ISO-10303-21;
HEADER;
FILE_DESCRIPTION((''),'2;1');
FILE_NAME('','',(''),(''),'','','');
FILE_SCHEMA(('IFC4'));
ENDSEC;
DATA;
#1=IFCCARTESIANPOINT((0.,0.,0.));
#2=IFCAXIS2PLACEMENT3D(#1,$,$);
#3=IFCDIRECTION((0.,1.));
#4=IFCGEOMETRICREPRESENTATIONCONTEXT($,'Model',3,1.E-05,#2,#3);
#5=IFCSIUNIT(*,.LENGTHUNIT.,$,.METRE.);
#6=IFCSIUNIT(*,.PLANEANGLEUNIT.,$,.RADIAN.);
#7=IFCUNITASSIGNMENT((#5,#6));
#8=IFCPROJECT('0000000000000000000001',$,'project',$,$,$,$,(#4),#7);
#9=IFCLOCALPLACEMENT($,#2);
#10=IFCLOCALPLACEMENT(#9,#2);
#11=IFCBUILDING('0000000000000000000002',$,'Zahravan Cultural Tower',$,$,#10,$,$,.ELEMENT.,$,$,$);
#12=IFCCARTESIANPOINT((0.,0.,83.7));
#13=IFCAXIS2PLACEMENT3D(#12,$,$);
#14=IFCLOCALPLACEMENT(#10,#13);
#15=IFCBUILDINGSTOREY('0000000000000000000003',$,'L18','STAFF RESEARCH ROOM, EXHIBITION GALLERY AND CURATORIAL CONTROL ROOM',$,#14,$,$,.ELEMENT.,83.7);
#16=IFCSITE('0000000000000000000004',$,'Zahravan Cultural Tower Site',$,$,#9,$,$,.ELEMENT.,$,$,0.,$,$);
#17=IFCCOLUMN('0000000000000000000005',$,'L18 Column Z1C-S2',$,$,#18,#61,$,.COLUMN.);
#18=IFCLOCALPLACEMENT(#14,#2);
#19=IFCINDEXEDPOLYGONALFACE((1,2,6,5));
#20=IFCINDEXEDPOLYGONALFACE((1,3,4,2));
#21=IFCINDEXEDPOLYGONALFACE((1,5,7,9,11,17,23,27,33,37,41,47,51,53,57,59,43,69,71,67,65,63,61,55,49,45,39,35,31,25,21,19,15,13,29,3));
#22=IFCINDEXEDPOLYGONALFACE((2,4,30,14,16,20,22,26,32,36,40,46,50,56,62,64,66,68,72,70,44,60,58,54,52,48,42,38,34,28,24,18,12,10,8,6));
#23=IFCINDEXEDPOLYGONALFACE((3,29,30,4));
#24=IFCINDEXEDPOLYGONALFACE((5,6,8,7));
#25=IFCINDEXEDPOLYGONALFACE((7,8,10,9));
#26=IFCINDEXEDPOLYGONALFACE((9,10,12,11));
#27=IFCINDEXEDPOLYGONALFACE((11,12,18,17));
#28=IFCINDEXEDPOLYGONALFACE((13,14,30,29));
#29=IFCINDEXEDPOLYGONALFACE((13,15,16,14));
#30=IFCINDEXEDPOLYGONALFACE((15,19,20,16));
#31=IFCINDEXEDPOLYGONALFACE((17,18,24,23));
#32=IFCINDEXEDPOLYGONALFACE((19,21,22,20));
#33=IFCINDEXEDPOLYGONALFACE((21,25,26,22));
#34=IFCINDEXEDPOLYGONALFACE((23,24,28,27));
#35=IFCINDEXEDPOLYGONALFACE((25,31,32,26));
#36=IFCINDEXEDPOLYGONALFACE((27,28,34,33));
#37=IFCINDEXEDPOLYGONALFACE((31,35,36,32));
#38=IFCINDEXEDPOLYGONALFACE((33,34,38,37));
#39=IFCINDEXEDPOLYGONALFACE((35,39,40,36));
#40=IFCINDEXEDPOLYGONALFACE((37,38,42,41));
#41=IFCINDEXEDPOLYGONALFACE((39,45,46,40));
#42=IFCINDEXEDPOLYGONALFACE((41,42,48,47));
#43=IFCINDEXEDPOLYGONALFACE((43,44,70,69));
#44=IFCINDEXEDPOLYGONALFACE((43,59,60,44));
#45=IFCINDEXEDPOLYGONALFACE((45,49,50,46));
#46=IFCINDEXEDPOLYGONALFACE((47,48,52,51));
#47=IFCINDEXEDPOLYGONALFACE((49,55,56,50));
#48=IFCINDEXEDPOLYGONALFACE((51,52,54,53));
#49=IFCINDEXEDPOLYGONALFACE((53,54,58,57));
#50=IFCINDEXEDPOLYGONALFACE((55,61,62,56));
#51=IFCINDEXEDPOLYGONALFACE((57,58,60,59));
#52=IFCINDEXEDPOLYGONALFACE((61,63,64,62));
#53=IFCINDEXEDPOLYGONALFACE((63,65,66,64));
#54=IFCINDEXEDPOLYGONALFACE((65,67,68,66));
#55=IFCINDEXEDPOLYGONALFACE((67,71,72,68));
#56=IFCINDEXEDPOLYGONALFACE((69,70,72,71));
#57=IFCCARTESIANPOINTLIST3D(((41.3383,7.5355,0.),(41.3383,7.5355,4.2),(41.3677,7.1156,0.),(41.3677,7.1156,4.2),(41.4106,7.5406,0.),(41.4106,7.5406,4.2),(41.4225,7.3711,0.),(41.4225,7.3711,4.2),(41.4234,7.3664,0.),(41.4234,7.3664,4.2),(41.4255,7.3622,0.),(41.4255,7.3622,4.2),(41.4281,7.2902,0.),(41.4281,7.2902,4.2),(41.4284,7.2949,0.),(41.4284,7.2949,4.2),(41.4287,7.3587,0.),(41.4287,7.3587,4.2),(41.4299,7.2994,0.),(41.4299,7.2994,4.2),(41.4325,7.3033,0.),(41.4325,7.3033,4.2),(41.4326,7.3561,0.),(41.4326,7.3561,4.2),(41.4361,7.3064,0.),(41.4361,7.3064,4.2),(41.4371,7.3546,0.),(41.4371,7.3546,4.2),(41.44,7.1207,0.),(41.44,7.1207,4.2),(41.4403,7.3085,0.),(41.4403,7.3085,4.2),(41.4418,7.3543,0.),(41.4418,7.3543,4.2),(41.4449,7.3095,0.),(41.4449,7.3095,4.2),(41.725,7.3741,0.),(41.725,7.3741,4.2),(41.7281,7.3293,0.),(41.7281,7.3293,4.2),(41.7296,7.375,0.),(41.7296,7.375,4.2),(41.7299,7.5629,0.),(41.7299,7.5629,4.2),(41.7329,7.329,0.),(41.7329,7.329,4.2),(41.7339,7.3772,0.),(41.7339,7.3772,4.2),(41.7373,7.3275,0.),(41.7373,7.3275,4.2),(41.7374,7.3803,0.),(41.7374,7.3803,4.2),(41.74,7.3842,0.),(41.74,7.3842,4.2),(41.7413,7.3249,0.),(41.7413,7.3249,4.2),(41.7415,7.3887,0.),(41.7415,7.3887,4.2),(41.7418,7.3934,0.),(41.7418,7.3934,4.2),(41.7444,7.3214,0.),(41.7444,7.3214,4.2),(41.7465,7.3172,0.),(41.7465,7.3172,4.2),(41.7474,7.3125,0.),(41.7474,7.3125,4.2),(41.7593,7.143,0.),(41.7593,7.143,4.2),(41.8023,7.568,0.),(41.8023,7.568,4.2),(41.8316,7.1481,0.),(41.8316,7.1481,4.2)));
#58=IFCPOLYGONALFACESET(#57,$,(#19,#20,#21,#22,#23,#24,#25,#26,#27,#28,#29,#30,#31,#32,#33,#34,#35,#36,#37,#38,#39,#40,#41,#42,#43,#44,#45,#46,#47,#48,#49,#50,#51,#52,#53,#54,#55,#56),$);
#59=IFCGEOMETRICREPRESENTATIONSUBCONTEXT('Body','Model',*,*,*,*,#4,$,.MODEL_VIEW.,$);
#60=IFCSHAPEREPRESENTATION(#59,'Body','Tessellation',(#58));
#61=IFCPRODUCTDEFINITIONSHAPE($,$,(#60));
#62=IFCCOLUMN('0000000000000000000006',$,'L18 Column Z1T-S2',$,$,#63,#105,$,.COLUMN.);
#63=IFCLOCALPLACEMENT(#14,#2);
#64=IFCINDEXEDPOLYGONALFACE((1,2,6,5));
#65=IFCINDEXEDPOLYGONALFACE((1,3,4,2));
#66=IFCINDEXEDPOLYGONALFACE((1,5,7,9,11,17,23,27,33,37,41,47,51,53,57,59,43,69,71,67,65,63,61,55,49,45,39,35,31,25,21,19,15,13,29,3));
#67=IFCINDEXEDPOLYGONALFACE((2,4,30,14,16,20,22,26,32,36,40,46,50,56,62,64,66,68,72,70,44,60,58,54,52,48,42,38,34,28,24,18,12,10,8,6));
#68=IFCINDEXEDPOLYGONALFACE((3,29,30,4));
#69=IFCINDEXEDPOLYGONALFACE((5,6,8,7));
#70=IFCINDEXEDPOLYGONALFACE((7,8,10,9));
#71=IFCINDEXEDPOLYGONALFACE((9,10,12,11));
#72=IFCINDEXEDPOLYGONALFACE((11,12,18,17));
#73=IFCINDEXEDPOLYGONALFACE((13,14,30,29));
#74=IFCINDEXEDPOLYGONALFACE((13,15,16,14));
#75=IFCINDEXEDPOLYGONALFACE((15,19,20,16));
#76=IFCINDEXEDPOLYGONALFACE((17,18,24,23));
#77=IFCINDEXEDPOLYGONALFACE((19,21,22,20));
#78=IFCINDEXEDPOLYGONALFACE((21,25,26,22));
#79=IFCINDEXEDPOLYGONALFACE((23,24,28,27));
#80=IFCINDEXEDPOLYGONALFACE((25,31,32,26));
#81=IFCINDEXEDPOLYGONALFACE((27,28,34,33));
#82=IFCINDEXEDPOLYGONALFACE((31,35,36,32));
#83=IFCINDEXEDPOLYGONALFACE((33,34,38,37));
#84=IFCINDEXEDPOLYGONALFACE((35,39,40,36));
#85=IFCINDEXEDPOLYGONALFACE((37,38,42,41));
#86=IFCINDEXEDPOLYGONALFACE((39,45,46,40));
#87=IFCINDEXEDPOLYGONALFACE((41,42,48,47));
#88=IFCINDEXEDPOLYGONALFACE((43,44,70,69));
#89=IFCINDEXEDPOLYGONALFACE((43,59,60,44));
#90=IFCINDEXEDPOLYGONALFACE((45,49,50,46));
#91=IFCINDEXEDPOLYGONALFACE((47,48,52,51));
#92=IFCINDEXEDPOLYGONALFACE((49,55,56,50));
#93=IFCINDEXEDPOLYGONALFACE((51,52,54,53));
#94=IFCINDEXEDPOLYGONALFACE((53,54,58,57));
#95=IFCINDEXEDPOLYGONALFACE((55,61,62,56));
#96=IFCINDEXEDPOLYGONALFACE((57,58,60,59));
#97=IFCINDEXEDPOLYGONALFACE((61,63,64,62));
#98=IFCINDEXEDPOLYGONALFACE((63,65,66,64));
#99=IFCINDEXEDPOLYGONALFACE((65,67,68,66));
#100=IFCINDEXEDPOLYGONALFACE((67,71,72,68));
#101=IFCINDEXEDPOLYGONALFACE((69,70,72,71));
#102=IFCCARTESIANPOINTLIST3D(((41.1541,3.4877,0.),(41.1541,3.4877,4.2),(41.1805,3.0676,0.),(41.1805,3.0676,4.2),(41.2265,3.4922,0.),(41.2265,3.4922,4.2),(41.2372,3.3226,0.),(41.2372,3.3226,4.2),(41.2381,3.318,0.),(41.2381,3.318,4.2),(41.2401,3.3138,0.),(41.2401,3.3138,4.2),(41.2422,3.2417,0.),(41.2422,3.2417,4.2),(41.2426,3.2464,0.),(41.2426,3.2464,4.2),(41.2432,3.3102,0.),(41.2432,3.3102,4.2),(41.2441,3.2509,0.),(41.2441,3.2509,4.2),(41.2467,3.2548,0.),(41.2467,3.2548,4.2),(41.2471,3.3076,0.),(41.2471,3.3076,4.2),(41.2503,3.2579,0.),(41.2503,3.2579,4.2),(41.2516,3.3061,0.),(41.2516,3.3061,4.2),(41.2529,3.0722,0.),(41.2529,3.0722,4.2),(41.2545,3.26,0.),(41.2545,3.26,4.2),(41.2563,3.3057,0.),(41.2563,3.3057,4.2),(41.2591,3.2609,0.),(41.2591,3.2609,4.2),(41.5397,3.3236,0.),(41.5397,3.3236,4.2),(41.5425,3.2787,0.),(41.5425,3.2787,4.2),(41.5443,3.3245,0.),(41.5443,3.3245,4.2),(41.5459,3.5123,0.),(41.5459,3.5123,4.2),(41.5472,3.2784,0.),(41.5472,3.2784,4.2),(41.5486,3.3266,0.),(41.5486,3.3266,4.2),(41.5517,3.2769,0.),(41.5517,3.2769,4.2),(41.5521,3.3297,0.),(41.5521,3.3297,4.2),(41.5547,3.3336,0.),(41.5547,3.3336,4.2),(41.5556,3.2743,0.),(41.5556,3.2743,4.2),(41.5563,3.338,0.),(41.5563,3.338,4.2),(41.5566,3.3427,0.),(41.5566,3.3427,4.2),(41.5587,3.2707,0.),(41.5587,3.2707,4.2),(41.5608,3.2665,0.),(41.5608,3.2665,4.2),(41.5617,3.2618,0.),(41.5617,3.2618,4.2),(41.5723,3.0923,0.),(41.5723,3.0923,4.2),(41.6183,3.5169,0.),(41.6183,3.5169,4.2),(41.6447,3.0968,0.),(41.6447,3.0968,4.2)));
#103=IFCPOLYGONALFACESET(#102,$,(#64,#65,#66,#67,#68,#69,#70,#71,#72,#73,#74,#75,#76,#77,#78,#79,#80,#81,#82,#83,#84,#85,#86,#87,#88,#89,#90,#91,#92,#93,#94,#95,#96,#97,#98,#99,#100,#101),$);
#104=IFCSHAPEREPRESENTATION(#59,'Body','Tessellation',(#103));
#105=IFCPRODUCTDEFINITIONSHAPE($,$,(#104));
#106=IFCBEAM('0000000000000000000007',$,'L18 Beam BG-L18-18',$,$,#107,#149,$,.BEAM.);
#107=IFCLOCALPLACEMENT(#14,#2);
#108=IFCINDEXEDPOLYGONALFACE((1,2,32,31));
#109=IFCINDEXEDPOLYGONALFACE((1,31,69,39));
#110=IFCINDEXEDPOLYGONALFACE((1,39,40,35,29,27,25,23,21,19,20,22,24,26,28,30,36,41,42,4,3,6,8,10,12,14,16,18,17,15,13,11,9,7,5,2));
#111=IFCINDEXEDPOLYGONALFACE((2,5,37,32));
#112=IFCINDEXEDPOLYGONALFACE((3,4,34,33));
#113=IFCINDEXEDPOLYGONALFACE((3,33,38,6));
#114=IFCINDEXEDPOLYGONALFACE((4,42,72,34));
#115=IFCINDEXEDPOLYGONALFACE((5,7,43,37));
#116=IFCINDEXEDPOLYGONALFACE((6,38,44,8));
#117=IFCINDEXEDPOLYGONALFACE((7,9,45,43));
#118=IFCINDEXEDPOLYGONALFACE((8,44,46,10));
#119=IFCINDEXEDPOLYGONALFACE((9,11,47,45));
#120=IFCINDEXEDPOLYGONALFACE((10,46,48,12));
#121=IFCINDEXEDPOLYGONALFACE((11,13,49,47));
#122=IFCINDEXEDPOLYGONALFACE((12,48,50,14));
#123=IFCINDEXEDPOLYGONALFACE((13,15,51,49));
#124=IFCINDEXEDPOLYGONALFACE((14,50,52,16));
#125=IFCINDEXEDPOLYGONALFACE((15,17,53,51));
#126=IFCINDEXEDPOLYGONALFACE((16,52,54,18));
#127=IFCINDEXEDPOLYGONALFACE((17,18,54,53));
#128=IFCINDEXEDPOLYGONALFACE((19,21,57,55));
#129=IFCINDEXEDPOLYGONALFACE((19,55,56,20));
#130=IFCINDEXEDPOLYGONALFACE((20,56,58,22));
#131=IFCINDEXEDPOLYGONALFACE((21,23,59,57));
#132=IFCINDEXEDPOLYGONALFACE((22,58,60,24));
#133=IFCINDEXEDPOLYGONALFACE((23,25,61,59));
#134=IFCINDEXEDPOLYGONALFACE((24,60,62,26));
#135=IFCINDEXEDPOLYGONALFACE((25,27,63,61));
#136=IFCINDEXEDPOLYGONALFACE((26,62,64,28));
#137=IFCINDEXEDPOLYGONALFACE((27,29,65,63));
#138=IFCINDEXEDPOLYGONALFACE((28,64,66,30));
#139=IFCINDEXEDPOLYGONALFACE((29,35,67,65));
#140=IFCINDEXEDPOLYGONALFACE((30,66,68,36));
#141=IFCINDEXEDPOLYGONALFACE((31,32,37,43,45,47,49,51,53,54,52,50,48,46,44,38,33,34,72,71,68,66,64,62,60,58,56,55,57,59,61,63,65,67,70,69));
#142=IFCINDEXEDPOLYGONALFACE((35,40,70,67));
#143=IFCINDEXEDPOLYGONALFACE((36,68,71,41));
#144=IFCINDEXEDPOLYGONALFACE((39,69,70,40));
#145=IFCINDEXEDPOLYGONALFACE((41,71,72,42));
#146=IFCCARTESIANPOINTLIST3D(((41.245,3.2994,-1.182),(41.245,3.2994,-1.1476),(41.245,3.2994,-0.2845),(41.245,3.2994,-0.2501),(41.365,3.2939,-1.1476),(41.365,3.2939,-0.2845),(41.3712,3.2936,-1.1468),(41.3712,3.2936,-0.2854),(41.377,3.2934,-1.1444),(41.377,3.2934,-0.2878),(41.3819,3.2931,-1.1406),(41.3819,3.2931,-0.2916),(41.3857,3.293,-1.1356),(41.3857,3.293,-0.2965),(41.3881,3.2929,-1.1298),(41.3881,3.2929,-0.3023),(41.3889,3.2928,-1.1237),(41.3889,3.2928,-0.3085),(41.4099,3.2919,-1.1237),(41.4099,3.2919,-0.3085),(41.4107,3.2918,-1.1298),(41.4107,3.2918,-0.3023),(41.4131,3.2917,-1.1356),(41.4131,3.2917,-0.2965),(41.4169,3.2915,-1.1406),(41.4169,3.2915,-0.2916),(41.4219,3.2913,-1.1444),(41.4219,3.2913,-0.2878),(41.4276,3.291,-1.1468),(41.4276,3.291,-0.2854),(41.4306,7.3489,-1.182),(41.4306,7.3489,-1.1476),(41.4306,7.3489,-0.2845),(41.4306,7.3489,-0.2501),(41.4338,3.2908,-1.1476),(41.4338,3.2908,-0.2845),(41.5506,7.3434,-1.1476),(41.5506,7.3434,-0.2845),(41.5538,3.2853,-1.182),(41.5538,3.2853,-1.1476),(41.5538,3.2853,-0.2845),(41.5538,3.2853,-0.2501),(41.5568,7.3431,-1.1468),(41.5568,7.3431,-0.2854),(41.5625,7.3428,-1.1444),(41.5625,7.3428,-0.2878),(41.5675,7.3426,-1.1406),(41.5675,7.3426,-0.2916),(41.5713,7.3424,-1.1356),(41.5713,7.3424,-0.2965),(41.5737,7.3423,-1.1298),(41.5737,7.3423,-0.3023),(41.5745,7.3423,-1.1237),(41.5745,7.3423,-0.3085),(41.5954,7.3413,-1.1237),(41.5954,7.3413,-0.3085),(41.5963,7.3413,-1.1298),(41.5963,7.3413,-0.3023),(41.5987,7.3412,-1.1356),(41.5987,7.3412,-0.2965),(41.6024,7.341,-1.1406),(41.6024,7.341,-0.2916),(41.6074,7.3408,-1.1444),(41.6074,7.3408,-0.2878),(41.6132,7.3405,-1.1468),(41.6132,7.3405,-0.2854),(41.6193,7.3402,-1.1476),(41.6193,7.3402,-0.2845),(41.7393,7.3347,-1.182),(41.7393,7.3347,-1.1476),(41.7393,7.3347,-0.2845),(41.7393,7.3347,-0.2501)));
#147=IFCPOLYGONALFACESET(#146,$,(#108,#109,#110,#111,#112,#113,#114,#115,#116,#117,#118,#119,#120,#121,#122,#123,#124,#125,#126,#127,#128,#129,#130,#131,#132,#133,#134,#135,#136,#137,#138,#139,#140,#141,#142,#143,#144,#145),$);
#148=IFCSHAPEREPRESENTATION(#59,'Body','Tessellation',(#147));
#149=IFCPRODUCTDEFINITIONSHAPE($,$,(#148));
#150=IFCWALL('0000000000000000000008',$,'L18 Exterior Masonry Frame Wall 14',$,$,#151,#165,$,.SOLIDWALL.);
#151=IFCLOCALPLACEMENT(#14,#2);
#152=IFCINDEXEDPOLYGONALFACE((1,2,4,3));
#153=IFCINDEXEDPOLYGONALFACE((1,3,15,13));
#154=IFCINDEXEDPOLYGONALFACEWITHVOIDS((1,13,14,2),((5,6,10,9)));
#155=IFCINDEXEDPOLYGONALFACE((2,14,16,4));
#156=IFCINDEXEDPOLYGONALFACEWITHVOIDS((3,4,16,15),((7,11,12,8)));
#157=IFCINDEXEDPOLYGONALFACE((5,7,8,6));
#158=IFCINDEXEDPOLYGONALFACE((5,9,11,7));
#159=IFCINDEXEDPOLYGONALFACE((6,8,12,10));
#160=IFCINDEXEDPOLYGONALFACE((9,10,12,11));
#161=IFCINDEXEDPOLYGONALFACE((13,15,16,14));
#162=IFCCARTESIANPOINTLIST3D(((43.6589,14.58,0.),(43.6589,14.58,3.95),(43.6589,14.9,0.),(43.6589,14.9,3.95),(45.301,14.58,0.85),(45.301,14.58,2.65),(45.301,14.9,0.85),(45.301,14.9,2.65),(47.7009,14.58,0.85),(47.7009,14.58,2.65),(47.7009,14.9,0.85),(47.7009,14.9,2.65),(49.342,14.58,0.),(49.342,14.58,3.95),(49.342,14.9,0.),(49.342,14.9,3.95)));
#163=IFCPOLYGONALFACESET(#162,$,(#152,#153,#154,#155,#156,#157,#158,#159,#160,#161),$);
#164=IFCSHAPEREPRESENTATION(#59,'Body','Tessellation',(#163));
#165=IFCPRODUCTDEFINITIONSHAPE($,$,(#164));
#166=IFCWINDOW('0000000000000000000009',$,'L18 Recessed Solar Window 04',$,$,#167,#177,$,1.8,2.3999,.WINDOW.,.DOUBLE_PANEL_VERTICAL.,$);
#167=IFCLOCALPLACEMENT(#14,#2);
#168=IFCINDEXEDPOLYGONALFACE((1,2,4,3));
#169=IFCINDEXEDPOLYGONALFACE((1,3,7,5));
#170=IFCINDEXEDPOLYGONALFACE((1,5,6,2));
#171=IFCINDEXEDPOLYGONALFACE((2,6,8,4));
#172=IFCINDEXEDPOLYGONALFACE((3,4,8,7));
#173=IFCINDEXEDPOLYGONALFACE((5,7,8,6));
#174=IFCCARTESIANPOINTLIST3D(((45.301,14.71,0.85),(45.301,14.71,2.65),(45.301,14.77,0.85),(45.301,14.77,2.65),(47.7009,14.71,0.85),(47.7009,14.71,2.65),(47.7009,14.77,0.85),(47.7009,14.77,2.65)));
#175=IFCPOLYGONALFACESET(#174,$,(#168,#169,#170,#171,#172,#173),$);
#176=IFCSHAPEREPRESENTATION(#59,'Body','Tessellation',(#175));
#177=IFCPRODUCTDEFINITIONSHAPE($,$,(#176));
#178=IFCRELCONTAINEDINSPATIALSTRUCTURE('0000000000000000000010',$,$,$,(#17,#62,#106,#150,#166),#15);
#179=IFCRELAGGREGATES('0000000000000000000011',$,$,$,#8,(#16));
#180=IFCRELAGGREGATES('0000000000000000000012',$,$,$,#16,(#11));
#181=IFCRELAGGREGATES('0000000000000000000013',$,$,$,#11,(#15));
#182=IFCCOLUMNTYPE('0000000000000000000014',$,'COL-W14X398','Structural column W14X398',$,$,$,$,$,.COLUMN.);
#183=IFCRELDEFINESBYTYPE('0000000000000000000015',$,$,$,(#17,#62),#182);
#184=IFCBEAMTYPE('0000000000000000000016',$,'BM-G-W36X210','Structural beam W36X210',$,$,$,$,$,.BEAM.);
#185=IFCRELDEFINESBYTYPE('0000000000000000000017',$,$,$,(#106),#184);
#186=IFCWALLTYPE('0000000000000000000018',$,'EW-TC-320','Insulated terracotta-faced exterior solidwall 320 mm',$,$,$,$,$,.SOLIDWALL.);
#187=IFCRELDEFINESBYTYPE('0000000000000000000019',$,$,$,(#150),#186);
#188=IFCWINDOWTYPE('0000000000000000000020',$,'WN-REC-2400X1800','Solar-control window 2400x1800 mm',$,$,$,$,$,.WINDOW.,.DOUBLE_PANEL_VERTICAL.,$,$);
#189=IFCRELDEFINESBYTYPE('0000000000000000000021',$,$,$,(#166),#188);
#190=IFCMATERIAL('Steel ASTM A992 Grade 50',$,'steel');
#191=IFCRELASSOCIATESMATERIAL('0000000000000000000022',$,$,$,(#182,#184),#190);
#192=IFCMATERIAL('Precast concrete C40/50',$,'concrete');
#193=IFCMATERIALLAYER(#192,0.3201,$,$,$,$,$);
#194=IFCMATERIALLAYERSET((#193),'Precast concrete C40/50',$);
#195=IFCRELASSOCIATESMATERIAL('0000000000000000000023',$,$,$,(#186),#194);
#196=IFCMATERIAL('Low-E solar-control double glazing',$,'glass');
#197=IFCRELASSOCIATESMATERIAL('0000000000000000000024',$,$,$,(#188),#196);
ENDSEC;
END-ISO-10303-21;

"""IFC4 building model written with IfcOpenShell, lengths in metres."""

from ifc_helpers import new_model, si_unit, direction, frame, frame_2d, origin, origin_2d, place, context, subcontext, project, spatial, rectangle, i_section, extrude, source, transform, mapped, material, layer, layer_set, material_profile, profile_set, type_object, element, fill, save


model = new_model("IFC4")

# Units and contexts
model_context = context("Model", 3, precision=1e-05, world=origin(), true_north=direction((0.0, 1.0)))
body_context = subcontext(model_context, "Body", "Model", "MODEL_VIEW")
ifc_project = project(units=[si_unit("LENGTHUNIT", "METRE"), si_unit("PLANEANGLEUNIT", "RADIAN")], contexts=[model_context])

# Site, building, storey
site_placement = place(None, origin())
site = spatial("IfcSite", under=ifc_project, at=site_placement, Name="Zahravan Cultural Tower Site", CompositionType="ELEMENT", RefElevation=0.0)
building_placement = place(site_placement, origin())
building = spatial("IfcBuilding", under=site, at=building_placement, Name="Zahravan Cultural Tower", CompositionType="ELEMENT")
storey_placement = place(building_placement, frame((0.0, 0.0, 83.7)))
storey = spatial("IfcBuildingStorey", under=building, at=storey_placement, Name="L18", Description="STAFF RESEARCH ROOM, EXHIBITION GALLERY AND CURATORIAL CONTROL ROOM", CompositionType="ELEMENT", Elevation=83.7)

# Columns
ifc_material_1 = material(Name="Steel ASTM A992 Grade 50", Category="steel")
ifc_material_profile_1 = material_profile(ifc_material_1, i_section(OverallWidth=0.4209, OverallDepth=0.4651, WebThickness=0.0449, FlangeThickness=0.0725, FilletRadius=0.0181, at=origin_2d()), Name="W14X398")
ifc_profile_set_1 = profile_set([ifc_material_profile_1], Name="Steel ASTM A992 Grade 50")
column_type = type_object("IfcColumnType", Name="COL-W14X398", Description="Structural column W14X398", PredefinedType="COLUMN", material=ifc_profile_set_1)
shared_shape_1 = source(origin(), body_context, "Body", "SweptSolid", [
    extrude(i_section(OverallWidth=0.4209, OverallDepth=0.4651, WebThickness=0.0449, FlangeThickness=0.0725, FilletRadius=0.0181, at=origin_2d()), origin(), (0.0, 0.0, 1.0), 4.2),
])
for number, where, z_axis, x_axis, name in (
    (1, (41.585, 7.3418, 0.0), (0.0, 0.0, 1.0), (-0.069756, 0.997564, 0.0), "L18 Column Z1C-S2"),
    (2, (41.3994, 3.2922, 0.0), (0.0, 0.0, 1.0), (-0.062791, 0.998027, 0.0), "L18 Column Z1T-S2"),
):
    element("IfcColumn", number, at=place(storey_placement, frame(where, z_axis=z_axis, x_axis=x_axis)), inside=storey, type_object=column_type, Name=name, PredefinedType="COLUMN", context=body_context, shape_type="MappedRepresentation", body=[
        mapped(shared_shape_1, transform((0.0, 0.0, 0.0), x_axis=(1.0, 0.0, 0.0), y_axis=(0.0, 1.0, 0.0), z_axis=(0.0, 0.0, 1.0), scale=1.0)),
    ])

# Beam
ifc_material_profile_2 = material_profile(ifc_material_1, i_section(OverallWidth=0.3091, OverallDepth=0.9319, WebThickness=0.021, FlangeThickness=0.0344, FilletRadius=0.0239, at=origin_2d()), Name="W36X210")
ifc_profile_set_2 = profile_set([ifc_material_profile_2], Name="Steel ASTM A992 Grade 50")
beam_type = type_object("IfcBeamType", Name="BM-G-W36X210", Description="Structural beam W36X210", PredefinedType="BEAM", material=ifc_profile_set_2)
shared_shape_2 = source(origin(), body_context, "Body", "SweptSolid", [
    extrude(i_section(OverallWidth=0.3091, OverallDepth=0.9319, WebThickness=0.021, FlangeThickness=0.0344, FilletRadius=0.0239, at=origin_2d()), origin(), (0.0, 0.0, 1.0), 4.0537),
])
beam_placement = place(storey_placement, frame((41.585, 7.3418, -0.7161), z_axis=(-0.045771, -0.998952, 0.0), x_axis=(0.998952, -0.045771, 0.0)))
element("IfcBeam", 3, at=beam_placement, inside=storey, type_object=beam_type, Name="L18 Beam BG-L18-18", PredefinedType="BEAM", context=body_context, shape_type="MappedRepresentation", body=[
    mapped(shared_shape_2, transform((0.0, 0.0, 0.0), x_axis=(1.0, 0.0, 0.0), y_axis=(0.0, 1.0, 0.0), z_axis=(0.0, 0.0, 1.0), scale=1.0)),
])

# Wall, opening, window
ifc_material_2 = material(Name="Precast concrete C40/50", Category="concrete")
ifc_layer_1 = layer(ifc_material_2, 0.3201)
ifc_layer_set_1 = layer_set([ifc_layer_1], Name="Precast concrete C40/50")
wall_type_1 = type_object("IfcWallType", Name="EW-TC-320", Description="Insulated terracotta-faced exterior solidwall 320 mm", PredefinedType="SOLIDWALL", material=ifc_layer_set_1)
wall_1_placement = place(storey_placement, frame((49.342, 14.74, 0.0), z_axis=(0.0, 0.0, 1.0), x_axis=(-1.0, 0.0, 0.0)))
wall_1 = element("IfcWall", 4, at=wall_1_placement, inside=storey, type_object=wall_type_1, Name="L18 Exterior Masonry Frame Wall 14", PredefinedType="SOLIDWALL", context=body_context, shape_type="SweptSolid", body=[
    extrude(rectangle(XDim=5.6831, YDim=0.3201, at=frame_2d((2.8416, 0.0))), origin(), (0.0, 0.0, 1.0), 3.95),
])
opening_1_placement = place(wall_1_placement, frame((1.6411, 0.0, 0.8501)))
opening_1 = element("IfcOpeningElement", 5, at=opening_1_placement, cuts=wall_1, PredefinedType="OPENING", context=body_context, shape_type="SweptSolid", body=[
    extrude(rectangle(XDim=2.3999, YDim=1.8, at=frame_2d((1.2, 0.8999))), frame((0.0, 0.1699, 0.0), z_axis=(0.0, -1.0, 0.0), x_axis=(1.0, 0.0, 0.0)), (0.0, 0.0, 1.0), 0.3401),
])
ifc_material_3 = material(Name="Low-E solar-control double glazing", Category="glass")
window_type = type_object("IfcWindowType", Name="WN-REC-2400X1800", Description="Solar-control window 2400x1800 mm", PartitioningType="DOUBLE_PANEL_VERTICAL", PredefinedType="WINDOW", material=ifc_material_3)
shared_shape_3 = source(origin(), body_context, "Body", "SweptSolid", [
    extrude(rectangle(XDim=2.3999, YDim=1.8, at=frame_2d((1.2, 0.8999))), frame((0.0, 0.03, 0.0), z_axis=(0.0, -1.0, 0.0), x_axis=(1.0, 0.0, 0.0)), (0.0, 0.0, 1.0), 0.0601),
])
window_1_placement = place(opening_1_placement, origin())
window_1 = element("IfcWindow", 6, at=window_1_placement, inside=storey, type_object=window_type, Name="L18 Recessed Solar Window 04", OverallHeight=1.8, OverallWidth=2.3999, PartitioningType="DOUBLE_PANEL_VERTICAL", PredefinedType="WINDOW", context=body_context, shape_type="MappedRepresentation", body=[
    mapped(shared_shape_3, transform((0.0, 0.0, 0.0), x_axis=(1.0, 0.0, 0.0), y_axis=(0.0, 1.0, 0.0), z_axis=(0.0, 0.0, 1.0), scale=1.0)),
])
fill(opening_1, window_1)

save(model, "model.ifc")
